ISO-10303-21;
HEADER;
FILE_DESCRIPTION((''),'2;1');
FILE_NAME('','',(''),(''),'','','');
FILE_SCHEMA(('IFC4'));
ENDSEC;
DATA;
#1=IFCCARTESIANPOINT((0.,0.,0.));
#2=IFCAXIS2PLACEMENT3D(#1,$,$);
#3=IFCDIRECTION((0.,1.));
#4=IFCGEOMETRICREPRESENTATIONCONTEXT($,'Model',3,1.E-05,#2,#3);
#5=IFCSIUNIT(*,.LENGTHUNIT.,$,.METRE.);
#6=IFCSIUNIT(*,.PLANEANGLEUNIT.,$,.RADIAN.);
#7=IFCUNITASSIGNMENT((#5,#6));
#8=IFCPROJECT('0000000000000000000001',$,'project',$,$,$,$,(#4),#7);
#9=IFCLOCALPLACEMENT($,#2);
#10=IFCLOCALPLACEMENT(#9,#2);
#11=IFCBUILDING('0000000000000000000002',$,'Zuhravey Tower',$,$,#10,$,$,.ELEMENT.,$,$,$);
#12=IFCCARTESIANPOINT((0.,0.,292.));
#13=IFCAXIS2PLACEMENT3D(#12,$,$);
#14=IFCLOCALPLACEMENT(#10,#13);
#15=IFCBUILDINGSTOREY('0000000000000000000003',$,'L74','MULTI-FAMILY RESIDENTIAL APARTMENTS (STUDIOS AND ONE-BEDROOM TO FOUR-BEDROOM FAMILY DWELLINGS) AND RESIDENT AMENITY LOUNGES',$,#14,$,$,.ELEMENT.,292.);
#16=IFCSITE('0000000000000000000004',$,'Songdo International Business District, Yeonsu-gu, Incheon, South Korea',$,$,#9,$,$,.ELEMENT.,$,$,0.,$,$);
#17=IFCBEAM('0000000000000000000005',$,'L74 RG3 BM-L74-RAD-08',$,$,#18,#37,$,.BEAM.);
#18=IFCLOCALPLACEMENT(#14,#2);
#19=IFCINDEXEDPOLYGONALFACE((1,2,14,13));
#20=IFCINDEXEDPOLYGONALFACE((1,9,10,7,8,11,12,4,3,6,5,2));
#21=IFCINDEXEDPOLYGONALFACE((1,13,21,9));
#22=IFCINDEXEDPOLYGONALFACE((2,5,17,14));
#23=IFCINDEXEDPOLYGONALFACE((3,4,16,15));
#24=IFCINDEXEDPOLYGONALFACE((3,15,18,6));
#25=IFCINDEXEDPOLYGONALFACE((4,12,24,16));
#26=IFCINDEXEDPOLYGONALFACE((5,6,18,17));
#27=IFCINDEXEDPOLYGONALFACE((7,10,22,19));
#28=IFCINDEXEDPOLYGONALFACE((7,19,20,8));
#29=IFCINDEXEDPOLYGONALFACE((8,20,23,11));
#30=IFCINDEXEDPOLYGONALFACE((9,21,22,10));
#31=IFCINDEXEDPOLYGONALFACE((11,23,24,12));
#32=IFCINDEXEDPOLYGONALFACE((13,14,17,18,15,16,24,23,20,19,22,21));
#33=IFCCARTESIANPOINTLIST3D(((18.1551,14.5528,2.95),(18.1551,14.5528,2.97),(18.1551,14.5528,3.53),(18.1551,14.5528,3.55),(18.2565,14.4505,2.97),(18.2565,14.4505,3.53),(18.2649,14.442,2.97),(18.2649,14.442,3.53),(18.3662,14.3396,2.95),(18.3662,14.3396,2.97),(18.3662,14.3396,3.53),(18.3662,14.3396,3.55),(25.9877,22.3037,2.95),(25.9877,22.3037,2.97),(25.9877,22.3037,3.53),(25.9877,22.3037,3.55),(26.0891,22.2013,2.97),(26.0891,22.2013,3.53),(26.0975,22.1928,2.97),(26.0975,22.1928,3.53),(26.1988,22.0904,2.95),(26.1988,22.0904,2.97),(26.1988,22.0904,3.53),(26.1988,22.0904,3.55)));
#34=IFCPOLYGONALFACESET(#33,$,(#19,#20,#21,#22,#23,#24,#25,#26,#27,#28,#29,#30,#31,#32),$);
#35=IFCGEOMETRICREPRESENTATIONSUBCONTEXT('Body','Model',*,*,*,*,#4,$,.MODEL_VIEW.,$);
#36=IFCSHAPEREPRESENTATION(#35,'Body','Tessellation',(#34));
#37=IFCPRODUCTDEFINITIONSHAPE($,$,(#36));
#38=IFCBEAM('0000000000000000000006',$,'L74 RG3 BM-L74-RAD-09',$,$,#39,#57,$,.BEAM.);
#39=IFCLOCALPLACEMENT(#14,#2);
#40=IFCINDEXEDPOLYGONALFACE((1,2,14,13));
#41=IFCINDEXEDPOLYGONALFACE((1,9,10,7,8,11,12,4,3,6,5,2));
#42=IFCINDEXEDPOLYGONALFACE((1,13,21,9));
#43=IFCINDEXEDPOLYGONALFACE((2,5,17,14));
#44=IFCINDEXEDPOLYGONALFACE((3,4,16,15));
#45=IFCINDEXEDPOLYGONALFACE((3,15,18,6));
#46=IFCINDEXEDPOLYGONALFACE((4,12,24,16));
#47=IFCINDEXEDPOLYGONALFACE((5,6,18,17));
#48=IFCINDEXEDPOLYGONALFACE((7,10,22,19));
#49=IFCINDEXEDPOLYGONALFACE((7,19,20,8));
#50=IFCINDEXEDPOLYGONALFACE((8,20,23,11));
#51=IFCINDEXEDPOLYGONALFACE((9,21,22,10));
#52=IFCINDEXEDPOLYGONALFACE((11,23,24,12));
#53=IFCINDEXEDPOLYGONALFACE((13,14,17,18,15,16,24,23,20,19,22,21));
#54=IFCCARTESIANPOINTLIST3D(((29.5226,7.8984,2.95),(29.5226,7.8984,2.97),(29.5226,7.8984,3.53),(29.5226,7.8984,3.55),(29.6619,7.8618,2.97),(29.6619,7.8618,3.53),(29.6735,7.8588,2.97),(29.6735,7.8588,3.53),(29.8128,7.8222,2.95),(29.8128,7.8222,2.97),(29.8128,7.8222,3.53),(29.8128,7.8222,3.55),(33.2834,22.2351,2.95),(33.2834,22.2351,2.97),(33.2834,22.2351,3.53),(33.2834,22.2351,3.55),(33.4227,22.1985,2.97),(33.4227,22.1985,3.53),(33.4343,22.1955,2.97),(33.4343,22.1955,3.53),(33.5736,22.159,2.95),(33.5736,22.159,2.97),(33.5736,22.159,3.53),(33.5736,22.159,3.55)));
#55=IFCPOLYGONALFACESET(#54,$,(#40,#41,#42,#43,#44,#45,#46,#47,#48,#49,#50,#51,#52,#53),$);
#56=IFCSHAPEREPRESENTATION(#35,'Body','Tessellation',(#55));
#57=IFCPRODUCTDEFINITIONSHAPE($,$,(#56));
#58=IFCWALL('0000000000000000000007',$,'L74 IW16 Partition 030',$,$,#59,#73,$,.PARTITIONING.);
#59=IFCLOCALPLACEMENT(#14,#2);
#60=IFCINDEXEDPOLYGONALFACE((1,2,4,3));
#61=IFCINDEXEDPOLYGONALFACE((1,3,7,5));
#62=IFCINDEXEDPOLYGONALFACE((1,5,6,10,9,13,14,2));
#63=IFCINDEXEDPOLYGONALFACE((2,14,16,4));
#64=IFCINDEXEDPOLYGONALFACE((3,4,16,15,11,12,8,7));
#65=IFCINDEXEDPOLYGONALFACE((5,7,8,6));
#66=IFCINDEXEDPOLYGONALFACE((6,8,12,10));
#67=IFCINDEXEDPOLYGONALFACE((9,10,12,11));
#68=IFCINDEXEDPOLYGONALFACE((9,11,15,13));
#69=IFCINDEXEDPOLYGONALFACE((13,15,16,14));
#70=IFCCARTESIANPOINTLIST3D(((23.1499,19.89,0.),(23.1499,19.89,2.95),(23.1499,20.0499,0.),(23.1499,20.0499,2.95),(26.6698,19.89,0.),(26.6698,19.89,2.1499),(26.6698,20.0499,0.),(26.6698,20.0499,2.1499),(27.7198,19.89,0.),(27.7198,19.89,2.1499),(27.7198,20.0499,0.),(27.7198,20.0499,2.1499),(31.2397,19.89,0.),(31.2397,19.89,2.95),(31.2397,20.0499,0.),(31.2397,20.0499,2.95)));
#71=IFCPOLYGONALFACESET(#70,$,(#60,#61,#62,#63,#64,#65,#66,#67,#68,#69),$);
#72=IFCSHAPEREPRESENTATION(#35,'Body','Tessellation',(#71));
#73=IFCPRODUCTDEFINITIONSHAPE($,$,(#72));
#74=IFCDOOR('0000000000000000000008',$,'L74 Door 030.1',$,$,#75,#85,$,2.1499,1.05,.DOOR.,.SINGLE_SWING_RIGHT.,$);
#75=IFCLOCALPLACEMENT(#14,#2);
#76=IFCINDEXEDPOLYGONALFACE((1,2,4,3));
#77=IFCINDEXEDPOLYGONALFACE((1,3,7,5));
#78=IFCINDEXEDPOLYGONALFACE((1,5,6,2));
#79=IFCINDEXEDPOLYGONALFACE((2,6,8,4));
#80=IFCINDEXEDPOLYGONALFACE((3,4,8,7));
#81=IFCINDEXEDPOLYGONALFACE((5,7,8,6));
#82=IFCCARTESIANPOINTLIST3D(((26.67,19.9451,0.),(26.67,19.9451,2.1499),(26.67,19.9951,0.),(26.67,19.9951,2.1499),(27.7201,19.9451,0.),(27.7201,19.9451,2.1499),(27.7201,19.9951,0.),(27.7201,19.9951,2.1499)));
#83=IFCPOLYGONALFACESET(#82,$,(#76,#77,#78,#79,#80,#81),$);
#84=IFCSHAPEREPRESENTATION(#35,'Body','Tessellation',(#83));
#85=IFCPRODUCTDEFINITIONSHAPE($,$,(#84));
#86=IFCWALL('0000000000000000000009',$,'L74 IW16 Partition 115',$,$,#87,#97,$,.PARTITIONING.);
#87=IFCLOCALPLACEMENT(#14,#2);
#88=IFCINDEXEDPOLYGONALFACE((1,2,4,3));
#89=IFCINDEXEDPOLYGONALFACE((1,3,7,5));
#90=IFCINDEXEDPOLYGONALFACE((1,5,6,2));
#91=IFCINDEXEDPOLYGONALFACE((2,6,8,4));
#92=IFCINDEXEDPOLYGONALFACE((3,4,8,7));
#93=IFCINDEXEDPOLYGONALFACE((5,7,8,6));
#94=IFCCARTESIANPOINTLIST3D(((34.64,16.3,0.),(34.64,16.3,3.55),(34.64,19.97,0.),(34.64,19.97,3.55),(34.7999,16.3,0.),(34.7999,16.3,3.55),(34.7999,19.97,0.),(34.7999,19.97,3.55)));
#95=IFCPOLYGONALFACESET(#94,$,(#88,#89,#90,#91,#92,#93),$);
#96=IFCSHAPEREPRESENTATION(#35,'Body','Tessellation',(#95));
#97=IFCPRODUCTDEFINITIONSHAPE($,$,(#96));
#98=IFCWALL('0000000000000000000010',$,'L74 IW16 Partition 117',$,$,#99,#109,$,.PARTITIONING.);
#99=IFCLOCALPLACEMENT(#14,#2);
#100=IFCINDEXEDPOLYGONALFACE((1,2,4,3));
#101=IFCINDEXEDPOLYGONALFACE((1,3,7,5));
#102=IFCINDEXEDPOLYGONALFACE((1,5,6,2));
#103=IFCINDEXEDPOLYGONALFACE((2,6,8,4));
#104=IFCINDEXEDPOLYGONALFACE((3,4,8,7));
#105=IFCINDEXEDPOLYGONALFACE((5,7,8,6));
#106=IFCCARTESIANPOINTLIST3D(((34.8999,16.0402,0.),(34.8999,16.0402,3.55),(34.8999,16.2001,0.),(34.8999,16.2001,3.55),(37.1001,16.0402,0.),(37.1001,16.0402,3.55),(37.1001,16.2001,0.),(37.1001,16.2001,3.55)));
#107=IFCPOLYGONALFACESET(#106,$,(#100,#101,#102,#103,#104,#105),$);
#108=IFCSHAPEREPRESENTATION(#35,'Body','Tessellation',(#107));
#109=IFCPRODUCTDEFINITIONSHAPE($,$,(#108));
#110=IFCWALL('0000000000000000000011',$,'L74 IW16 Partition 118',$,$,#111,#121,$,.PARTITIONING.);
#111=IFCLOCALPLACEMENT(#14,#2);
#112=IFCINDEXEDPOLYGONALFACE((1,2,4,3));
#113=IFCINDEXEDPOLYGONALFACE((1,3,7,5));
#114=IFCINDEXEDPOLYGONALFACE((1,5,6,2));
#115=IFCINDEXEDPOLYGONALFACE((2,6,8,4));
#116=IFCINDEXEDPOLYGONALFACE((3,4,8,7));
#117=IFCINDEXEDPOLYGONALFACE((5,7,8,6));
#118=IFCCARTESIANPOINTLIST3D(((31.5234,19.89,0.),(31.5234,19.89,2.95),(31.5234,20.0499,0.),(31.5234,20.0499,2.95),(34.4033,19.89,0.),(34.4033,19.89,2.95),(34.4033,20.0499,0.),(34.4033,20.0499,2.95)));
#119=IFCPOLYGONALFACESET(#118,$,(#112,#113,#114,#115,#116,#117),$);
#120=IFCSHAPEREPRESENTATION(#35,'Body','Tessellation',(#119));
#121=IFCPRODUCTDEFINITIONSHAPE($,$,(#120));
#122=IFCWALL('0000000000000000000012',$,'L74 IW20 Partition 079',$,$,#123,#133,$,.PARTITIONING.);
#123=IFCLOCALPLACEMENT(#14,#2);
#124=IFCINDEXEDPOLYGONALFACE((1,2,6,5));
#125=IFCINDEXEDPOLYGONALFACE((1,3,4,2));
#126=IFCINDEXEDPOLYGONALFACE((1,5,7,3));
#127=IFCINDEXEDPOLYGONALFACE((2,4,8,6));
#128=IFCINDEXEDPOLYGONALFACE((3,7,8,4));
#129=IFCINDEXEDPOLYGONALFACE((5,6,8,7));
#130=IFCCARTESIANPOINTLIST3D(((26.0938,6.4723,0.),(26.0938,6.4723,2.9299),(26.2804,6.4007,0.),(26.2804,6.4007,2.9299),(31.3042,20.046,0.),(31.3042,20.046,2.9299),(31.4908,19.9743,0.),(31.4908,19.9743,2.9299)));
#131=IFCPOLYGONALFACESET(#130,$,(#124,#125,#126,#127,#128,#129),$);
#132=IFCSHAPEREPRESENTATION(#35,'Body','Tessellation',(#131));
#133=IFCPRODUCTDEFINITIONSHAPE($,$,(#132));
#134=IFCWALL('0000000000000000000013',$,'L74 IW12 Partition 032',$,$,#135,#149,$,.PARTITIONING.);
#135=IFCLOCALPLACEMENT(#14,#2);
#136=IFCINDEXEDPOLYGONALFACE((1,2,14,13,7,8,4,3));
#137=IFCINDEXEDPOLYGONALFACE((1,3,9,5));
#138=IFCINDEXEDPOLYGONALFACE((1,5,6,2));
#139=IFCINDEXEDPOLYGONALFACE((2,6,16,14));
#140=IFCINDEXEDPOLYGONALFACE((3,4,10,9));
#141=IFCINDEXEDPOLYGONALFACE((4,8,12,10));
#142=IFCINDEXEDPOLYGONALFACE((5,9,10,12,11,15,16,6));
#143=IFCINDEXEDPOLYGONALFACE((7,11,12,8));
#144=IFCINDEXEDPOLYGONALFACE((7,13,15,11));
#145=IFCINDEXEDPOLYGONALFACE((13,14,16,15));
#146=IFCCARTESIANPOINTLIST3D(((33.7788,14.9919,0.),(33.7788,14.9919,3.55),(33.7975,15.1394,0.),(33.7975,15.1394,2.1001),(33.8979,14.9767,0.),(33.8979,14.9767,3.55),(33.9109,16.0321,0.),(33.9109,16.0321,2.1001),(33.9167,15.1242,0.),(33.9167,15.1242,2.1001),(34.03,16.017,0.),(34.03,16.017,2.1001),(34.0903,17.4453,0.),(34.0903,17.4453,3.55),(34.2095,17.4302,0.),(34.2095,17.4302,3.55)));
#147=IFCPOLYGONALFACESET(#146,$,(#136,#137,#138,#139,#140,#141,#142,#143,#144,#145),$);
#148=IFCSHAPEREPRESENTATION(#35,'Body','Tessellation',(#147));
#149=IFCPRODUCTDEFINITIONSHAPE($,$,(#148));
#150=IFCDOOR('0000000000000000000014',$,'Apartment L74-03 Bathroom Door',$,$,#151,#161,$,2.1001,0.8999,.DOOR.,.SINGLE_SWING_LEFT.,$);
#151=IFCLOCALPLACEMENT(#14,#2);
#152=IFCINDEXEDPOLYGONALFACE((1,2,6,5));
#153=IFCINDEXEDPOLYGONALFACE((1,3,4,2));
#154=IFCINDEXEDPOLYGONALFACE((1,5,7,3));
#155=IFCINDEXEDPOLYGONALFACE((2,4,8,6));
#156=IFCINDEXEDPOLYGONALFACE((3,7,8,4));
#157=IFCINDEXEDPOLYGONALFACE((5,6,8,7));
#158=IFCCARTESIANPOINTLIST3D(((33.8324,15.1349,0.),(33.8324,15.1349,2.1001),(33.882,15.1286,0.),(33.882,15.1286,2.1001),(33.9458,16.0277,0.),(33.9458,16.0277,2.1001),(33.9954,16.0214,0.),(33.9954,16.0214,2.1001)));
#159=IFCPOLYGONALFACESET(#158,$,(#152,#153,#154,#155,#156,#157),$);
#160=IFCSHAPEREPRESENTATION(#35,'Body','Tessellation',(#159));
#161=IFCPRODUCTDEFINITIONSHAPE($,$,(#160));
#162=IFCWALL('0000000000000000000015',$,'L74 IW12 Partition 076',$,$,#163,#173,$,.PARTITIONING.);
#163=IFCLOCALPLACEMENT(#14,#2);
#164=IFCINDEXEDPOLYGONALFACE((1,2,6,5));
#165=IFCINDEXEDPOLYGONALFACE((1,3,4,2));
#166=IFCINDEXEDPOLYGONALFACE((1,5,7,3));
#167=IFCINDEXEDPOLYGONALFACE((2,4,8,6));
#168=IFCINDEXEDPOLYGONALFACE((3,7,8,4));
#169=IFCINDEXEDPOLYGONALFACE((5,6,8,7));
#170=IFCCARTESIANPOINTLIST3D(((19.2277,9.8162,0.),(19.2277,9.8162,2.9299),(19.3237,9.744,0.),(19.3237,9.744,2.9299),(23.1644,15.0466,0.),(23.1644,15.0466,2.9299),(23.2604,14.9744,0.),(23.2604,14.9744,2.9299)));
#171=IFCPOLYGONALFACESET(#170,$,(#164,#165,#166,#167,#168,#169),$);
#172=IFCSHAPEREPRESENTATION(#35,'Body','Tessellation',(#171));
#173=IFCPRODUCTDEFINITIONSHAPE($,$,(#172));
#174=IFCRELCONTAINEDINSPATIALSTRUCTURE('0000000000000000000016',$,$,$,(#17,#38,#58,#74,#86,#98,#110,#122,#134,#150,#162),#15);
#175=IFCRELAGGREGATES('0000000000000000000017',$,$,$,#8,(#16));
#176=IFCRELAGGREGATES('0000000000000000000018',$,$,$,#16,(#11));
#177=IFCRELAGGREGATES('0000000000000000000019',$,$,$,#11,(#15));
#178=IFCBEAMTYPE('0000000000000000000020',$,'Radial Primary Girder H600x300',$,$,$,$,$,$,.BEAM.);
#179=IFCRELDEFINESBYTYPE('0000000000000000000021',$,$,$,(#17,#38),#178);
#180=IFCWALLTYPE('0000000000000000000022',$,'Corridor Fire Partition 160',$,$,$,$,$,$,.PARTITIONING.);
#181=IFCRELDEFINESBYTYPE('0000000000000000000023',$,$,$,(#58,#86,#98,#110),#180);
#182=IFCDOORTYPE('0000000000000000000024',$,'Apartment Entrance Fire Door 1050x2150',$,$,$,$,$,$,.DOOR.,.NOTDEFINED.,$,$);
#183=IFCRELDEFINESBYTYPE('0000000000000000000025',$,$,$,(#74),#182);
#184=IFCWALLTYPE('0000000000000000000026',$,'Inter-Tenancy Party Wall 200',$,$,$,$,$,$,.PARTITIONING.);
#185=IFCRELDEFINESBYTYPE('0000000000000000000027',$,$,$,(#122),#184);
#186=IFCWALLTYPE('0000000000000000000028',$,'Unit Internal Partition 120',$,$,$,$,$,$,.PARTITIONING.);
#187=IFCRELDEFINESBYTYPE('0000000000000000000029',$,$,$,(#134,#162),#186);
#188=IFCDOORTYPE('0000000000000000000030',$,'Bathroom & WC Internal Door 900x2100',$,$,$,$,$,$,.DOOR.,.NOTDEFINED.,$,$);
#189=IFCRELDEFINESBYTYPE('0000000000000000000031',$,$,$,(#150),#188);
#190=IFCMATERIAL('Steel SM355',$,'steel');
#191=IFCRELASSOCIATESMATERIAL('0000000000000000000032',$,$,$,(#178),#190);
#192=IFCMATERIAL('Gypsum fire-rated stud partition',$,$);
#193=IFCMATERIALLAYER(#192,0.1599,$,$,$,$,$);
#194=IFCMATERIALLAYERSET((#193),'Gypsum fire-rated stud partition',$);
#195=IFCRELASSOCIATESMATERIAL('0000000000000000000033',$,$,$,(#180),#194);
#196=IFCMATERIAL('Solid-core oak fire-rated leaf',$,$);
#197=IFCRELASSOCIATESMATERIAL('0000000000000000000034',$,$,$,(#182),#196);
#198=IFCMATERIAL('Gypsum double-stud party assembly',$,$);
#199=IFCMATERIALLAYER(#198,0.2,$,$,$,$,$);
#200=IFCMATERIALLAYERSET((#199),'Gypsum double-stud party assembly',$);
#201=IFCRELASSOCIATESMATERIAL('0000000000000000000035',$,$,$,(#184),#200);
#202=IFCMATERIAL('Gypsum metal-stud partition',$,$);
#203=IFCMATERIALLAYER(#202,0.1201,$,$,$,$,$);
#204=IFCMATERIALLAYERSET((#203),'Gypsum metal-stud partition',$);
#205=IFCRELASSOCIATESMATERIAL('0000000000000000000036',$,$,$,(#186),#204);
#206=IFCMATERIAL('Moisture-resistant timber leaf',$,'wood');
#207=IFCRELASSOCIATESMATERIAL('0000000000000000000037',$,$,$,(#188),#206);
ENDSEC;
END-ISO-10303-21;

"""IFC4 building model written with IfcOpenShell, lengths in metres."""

from ifc_helpers import new_model, si_unit, direction, frame, frame_2d, origin, origin_2d, place, context, subcontext, project, spatial, rectangle, i_section, extrude, material, layer, layer_set, material_profile, profile_set, type_object, element, fill, save


model = new_model("IFC4")

# Units and contexts
model_context = context("Model", 3, precision=1e-05, world=origin(), true_north=direction((0.0, 1.0)))
body_context = subcontext(model_context, "Body", "Model", "MODEL_VIEW")
ifc_project = project(units=[si_unit("LENGTHUNIT", "METRE"), si_unit("PLANEANGLEUNIT", "RADIAN")], contexts=[model_context])

# Site, building, storey
site_placement = place(None, origin())
site = spatial("IfcSite", under=ifc_project, at=site_placement, Name="Songdo International Business District, Yeonsu-gu, Incheon, South Korea", CompositionType="ELEMENT", RefElevation=0.0)
building_placement = place(site_placement, origin())
building = spatial("IfcBuilding", under=site, at=building_placement, Name="Zuhravey Tower", CompositionType="ELEMENT")
storey_placement = place(building_placement, frame((0.0, 0.0, 292.0)))
storey = spatial("IfcBuildingStorey", under=building, at=storey_placement, Name="L74", Description="MULTI-FAMILY RESIDENTIAL APARTMENTS (STUDIOS AND ONE-BEDROOM TO FOUR-BEDROOM FAMILY DWELLINGS) AND RESIDENT AMENITY LOUNGES", CompositionType="ELEMENT", Elevation=292.0)

# Beams
ifc_material_1 = material(Name="Steel SM355", Category="steel")
ifc_material_profile = material_profile(ifc_material_1, i_section(OverallWidth=0.3, OverallDepth=0.6001, WebThickness=0.012, FlangeThickness=0.02, at=origin_2d()), Name="H-600x300x12x20")
ifc_profile_set = profile_set([ifc_material_profile], Name="Steel SM355")
beam_type = type_object("IfcBeamType", Name="Radial Primary Girder H600x300", PredefinedType="BEAM", material=ifc_profile_set)
beam_1_placement = place(storey_placement, frame((26.0933, 22.197, 3.25), z_axis=(-0.710808, -0.703386, 0.0), x_axis=(0.703386, -0.710808, 0.0)))
element("IfcBeam", 1, at=beam_1_placement, inside=storey, type_object=beam_type, Name="L74 RG3 BM-L74-RAD-08", PredefinedType="BEAM", context=body_context, shape_type="SweptSolid", body=[
    extrude(i_section(OverallWidth=0.3, OverallDepth=0.6001, WebThickness=0.012, FlangeThickness=0.02, at=origin_2d()), origin(), (0.0, 0.0, 1.0), 11.0193),
])
beam_2_placement = place(storey_placement, frame((33.4285, 22.197, 3.25), z_axis=(-0.253732, -0.967275, 0.0), x_axis=(0.967275, -0.253732, 0.0)))
element("IfcBeam", 2, at=beam_2_placement, inside=storey, type_object=beam_type, Name="L74 RG3 BM-L74-RAD-09", PredefinedType="BEAM", context=body_context, shape_type="SweptSolid", body=[
    extrude(i_section(OverallWidth=0.3, OverallDepth=0.6001, WebThickness=0.012, FlangeThickness=0.02, at=origin_2d()), origin(), (0.0, 0.0, 1.0), 14.8218),
])

# Wall, opening, door
ifc_material_2 = material(Name="Gypsum fire-rated stud partition")
ifc_layer_1 = layer(ifc_material_2, 0.1599)
ifc_layer_set_1 = layer_set([ifc_layer_1], Name="Gypsum fire-rated stud partition")
wall_type_1 = type_object("IfcWallType", Name="Corridor Fire Partition 160", PredefinedType="PARTITIONING", material=ifc_layer_set_1)
wall_1_placement = place(storey_placement, frame((23.1499, 19.97, 0.0), z_axis=(0.0, 0.0, 1.0), x_axis=(1.0, 0.0, 0.0)))
wall_1 = element("IfcWall", 3, at=wall_1_placement, inside=storey, type_object=wall_type_1, Name="L74 IW16 Partition 030", PredefinedType="PARTITIONING", context=body_context, shape_type="SweptSolid", body=[
    extrude(rectangle(XDim=8.0898, YDim=0.1599, at=frame_2d((4.0449, 0.0))), origin(), (0.0, 0.0, 1.0), 2.95),
])
opening_1_placement = place(wall_1_placement, frame((3.52, 0.0, 0.0)))
opening_1 = element("IfcOpeningElement", 4, at=opening_1_placement, cuts=wall_1, PredefinedType="OPENING", context=body_context, shape_type="SweptSolid", body=[
    extrude(rectangle(XDim=1.05, YDim=2.1499, at=frame_2d((0.5249, 1.075))), frame((0.0, 0.092, 0.0), z_axis=(0.0, -1.0, 0.0), x_axis=(1.0, 0.0, 0.0)), (0.0, 0.0, 1.0), 0.1838),
])
ifc_material_3 = material(Name="Solid-core oak fire-rated leaf")
door_type_1 = type_object("IfcDoorType", Name="Apartment Entrance Fire Door 1050x2150", OperationType="NOTDEFINED", PredefinedType="DOOR", material=ifc_material_3)
door_1_placement = place(opening_1_placement, frame((1.05, 0.0, 0.0), z_axis=(0.0, 0.0, 1.0), x_axis=(-1.0, 0.0, 0.0)))
door_1 = element("IfcDoor", 5, at=door_1_placement, inside=storey, type_object=door_type_1, Name="L74 Door 030.1", OperationType="SINGLE_SWING_RIGHT", OverallHeight=2.1499, OverallWidth=1.05, PredefinedType="DOOR", context=body_context, shape_type="SweptSolid", body=[
    extrude(rectangle(XDim=1.05, YDim=2.1499, at=frame_2d((0.5249, 1.075))), frame((0.0, 0.0249, 0.0), z_axis=(0.0, -1.0, 0.0), x_axis=(1.0, 0.0, 0.0)), (0.0, 0.0, 1.0), 0.05),
])
fill(opening_1, door_1)

# Walls
wall_2_placement = place(storey_placement, frame((34.72, 19.97, 0.0), z_axis=(0.0, 0.0, 1.0), x_axis=(0.0, -1.0, 0.0)))
element("IfcWall", 6, at=wall_2_placement, inside=storey, type_object=wall_type_1, Name="L74 IW16 Partition 115", PredefinedType="PARTITIONING", context=body_context, shape_type="SweptSolid", body=[
    extrude(rectangle(XDim=3.6699, YDim=0.1599, at=frame_2d((1.835, 0.0))), origin(), (0.0, 0.0, 1.0), 3.55),
])
wall_3_placement = place(storey_placement, frame((34.8999, 16.1201, 0.0), z_axis=(0.0, 0.0, 1.0), x_axis=(1.0, 0.0, 0.0)))
element("IfcWall", 7, at=wall_3_placement, inside=storey, type_object=wall_type_1, Name="L74 IW16 Partition 117", PredefinedType="PARTITIONING", context=body_context, shape_type="SweptSolid", body=[
    extrude(rectangle(XDim=2.2002, YDim=0.1599, at=frame_2d((1.1001, 0.0))), origin(), (0.0, 0.0, 1.0), 3.55),
])
wall_4_placement = place(storey_placement, frame((31.5234, 19.97, 0.0), z_axis=(0.0, 0.0, 1.0), x_axis=(1.0, 0.0, 0.0)))
element("IfcWall", 8, at=wall_4_placement, inside=storey, type_object=wall_type_1, Name="L74 IW16 Partition 118", PredefinedType="PARTITIONING", context=body_context, shape_type="SweptSolid", body=[
    extrude(rectangle(XDim=2.8799, YDim=0.1599, at=frame_2d((1.4399, 0.0))), origin(), (0.0, 0.0, 1.0), 2.95),
])
ifc_material_4 = material(Name="Gypsum double-stud party assembly")
ifc_layer_2 = layer(ifc_material_4, 0.2)
ifc_layer_set_2 = layer_set([ifc_layer_2], Name="Gypsum double-stud party assembly")
wall_type_2 = type_object("IfcWallType", Name="Inter-Tenancy Party Wall 200", PredefinedType="PARTITIONING", material=ifc_layer_set_2)
wall_5_placement = place(storey_placement, frame((31.3975, 20.01, 0.0), z_axis=(0.0, 0.0, 1.0), x_axis=(-0.358367, -0.933581, 0.0)))
element("IfcWall", 9, at=wall_5_placement, inside=storey, type_object=wall_type_2, Name="L74 IW20 Partition 079", PredefinedType="PARTITIONING", context=body_context, shape_type="SweptSolid", body=[
    extrude(rectangle(XDim=14.5393, YDim=0.2, at=frame_2d((7.2695, 0.0))), origin(), (0.0, 0.0, 1.0), 2.9299),
])

# Wall, opening, door
ifc_material_5 = material(Name="Gypsum metal-stud partition")
ifc_layer_3 = layer(ifc_material_5, 0.1201)
ifc_layer_set_3 = layer_set([ifc_layer_3], Name="Gypsum metal-stud partition")
wall_type_3 = type_object("IfcWallType", Name="Unit Internal Partition 120", PredefinedType="PARTITIONING", material=ifc_layer_set_3)
wall_6_placement = place(storey_placement, frame((34.1499, 17.4377, 0.0), z_axis=(0.0, 0.0, 1.0), x_axis=(-0.125966, -0.992035, 0.0)))
wall_6 = element("IfcWall", 10, at=wall_6_placement, inside=storey, type_object=wall_type_3, Name="L74 IW12 Partition 032", PredefinedType="PARTITIONING", context=body_context, shape_type="SweptSolid", body=[
    extrude(rectangle(XDim=2.4731, YDim=0.1201, at=frame_2d((1.2366, 0.0))), origin(), (0.0, 0.0, 1.0), 3.55),
])
opening_2_placement = place(wall_6_placement, frame((1.4246, 0.0, 0.0)))
opening_2 = element("IfcOpeningElement", 11, at=opening_2_placement, cuts=wall_6, PredefinedType="OPENING", context=body_context, shape_type="SweptSolid", body=[
    extrude(rectangle(XDim=0.8999, YDim=2.1001, at=frame_2d((0.45, 1.05))), frame((0.0, 0.072, 0.0), z_axis=(0.0, -1.0, 0.0), x_axis=(1.0, 0.0, 0.0)), (0.0, 0.0, 1.0), 0.144),
])
ifc_material_6 = material(Name="Moisture-resistant timber leaf", Category="wood")
door_type_2 = type_object("IfcDoorType", Name="Bathroom & WC Internal Door 900x2100", OperationType="NOTDEFINED", PredefinedType="DOOR", material=ifc_material_6)
door_2_placement = place(opening_2_placement, frame((0.8999, 0.0, 0.0), z_axis=(0.0, 0.0, 1.0), x_axis=(-1.0, 0.0, 0.0)))
door_2 = element("IfcDoor", 12, at=door_2_placement, inside=storey, type_object=door_type_2, Name="Apartment L74-03 Bathroom Door", OperationType="SINGLE_SWING_LEFT", OverallHeight=2.1001, OverallWidth=0.8999, PredefinedType="DOOR", context=body_context, shape_type="SweptSolid", body=[
    extrude(rectangle(XDim=0.8999, YDim=2.1001, at=frame_2d((0.45, 1.05))), frame((0.0, 0.0249, 0.0), z_axis=(0.0, -1.0, 0.0), x_axis=(1.0, 0.0, 0.0)), (0.0, 0.0, 1.0), 0.05),
])
fill(opening_2, door_2)

# Wall
wall_7_placement = place(storey_placement, frame((23.2124, 15.0105, 0.0), z_axis=(0.0, 0.0, 1.0), x_axis=(-0.60136, -0.798978, 0.0)))
element("IfcWall", 13, at=wall_7_placement, inside=storey, type_object=wall_type_3, Name="L74 IW12 Partition 076", PredefinedType="PARTITIONING", context=body_context, shape_type="SweptSolid", body=[
    extrude(rectangle(XDim=6.5464, YDim=0.1201, at=frame_2d((3.2732, 0.0))), origin(), (0.0, 0.0, 1.0), 2.9299),
])

save(model, "model.ifc")
